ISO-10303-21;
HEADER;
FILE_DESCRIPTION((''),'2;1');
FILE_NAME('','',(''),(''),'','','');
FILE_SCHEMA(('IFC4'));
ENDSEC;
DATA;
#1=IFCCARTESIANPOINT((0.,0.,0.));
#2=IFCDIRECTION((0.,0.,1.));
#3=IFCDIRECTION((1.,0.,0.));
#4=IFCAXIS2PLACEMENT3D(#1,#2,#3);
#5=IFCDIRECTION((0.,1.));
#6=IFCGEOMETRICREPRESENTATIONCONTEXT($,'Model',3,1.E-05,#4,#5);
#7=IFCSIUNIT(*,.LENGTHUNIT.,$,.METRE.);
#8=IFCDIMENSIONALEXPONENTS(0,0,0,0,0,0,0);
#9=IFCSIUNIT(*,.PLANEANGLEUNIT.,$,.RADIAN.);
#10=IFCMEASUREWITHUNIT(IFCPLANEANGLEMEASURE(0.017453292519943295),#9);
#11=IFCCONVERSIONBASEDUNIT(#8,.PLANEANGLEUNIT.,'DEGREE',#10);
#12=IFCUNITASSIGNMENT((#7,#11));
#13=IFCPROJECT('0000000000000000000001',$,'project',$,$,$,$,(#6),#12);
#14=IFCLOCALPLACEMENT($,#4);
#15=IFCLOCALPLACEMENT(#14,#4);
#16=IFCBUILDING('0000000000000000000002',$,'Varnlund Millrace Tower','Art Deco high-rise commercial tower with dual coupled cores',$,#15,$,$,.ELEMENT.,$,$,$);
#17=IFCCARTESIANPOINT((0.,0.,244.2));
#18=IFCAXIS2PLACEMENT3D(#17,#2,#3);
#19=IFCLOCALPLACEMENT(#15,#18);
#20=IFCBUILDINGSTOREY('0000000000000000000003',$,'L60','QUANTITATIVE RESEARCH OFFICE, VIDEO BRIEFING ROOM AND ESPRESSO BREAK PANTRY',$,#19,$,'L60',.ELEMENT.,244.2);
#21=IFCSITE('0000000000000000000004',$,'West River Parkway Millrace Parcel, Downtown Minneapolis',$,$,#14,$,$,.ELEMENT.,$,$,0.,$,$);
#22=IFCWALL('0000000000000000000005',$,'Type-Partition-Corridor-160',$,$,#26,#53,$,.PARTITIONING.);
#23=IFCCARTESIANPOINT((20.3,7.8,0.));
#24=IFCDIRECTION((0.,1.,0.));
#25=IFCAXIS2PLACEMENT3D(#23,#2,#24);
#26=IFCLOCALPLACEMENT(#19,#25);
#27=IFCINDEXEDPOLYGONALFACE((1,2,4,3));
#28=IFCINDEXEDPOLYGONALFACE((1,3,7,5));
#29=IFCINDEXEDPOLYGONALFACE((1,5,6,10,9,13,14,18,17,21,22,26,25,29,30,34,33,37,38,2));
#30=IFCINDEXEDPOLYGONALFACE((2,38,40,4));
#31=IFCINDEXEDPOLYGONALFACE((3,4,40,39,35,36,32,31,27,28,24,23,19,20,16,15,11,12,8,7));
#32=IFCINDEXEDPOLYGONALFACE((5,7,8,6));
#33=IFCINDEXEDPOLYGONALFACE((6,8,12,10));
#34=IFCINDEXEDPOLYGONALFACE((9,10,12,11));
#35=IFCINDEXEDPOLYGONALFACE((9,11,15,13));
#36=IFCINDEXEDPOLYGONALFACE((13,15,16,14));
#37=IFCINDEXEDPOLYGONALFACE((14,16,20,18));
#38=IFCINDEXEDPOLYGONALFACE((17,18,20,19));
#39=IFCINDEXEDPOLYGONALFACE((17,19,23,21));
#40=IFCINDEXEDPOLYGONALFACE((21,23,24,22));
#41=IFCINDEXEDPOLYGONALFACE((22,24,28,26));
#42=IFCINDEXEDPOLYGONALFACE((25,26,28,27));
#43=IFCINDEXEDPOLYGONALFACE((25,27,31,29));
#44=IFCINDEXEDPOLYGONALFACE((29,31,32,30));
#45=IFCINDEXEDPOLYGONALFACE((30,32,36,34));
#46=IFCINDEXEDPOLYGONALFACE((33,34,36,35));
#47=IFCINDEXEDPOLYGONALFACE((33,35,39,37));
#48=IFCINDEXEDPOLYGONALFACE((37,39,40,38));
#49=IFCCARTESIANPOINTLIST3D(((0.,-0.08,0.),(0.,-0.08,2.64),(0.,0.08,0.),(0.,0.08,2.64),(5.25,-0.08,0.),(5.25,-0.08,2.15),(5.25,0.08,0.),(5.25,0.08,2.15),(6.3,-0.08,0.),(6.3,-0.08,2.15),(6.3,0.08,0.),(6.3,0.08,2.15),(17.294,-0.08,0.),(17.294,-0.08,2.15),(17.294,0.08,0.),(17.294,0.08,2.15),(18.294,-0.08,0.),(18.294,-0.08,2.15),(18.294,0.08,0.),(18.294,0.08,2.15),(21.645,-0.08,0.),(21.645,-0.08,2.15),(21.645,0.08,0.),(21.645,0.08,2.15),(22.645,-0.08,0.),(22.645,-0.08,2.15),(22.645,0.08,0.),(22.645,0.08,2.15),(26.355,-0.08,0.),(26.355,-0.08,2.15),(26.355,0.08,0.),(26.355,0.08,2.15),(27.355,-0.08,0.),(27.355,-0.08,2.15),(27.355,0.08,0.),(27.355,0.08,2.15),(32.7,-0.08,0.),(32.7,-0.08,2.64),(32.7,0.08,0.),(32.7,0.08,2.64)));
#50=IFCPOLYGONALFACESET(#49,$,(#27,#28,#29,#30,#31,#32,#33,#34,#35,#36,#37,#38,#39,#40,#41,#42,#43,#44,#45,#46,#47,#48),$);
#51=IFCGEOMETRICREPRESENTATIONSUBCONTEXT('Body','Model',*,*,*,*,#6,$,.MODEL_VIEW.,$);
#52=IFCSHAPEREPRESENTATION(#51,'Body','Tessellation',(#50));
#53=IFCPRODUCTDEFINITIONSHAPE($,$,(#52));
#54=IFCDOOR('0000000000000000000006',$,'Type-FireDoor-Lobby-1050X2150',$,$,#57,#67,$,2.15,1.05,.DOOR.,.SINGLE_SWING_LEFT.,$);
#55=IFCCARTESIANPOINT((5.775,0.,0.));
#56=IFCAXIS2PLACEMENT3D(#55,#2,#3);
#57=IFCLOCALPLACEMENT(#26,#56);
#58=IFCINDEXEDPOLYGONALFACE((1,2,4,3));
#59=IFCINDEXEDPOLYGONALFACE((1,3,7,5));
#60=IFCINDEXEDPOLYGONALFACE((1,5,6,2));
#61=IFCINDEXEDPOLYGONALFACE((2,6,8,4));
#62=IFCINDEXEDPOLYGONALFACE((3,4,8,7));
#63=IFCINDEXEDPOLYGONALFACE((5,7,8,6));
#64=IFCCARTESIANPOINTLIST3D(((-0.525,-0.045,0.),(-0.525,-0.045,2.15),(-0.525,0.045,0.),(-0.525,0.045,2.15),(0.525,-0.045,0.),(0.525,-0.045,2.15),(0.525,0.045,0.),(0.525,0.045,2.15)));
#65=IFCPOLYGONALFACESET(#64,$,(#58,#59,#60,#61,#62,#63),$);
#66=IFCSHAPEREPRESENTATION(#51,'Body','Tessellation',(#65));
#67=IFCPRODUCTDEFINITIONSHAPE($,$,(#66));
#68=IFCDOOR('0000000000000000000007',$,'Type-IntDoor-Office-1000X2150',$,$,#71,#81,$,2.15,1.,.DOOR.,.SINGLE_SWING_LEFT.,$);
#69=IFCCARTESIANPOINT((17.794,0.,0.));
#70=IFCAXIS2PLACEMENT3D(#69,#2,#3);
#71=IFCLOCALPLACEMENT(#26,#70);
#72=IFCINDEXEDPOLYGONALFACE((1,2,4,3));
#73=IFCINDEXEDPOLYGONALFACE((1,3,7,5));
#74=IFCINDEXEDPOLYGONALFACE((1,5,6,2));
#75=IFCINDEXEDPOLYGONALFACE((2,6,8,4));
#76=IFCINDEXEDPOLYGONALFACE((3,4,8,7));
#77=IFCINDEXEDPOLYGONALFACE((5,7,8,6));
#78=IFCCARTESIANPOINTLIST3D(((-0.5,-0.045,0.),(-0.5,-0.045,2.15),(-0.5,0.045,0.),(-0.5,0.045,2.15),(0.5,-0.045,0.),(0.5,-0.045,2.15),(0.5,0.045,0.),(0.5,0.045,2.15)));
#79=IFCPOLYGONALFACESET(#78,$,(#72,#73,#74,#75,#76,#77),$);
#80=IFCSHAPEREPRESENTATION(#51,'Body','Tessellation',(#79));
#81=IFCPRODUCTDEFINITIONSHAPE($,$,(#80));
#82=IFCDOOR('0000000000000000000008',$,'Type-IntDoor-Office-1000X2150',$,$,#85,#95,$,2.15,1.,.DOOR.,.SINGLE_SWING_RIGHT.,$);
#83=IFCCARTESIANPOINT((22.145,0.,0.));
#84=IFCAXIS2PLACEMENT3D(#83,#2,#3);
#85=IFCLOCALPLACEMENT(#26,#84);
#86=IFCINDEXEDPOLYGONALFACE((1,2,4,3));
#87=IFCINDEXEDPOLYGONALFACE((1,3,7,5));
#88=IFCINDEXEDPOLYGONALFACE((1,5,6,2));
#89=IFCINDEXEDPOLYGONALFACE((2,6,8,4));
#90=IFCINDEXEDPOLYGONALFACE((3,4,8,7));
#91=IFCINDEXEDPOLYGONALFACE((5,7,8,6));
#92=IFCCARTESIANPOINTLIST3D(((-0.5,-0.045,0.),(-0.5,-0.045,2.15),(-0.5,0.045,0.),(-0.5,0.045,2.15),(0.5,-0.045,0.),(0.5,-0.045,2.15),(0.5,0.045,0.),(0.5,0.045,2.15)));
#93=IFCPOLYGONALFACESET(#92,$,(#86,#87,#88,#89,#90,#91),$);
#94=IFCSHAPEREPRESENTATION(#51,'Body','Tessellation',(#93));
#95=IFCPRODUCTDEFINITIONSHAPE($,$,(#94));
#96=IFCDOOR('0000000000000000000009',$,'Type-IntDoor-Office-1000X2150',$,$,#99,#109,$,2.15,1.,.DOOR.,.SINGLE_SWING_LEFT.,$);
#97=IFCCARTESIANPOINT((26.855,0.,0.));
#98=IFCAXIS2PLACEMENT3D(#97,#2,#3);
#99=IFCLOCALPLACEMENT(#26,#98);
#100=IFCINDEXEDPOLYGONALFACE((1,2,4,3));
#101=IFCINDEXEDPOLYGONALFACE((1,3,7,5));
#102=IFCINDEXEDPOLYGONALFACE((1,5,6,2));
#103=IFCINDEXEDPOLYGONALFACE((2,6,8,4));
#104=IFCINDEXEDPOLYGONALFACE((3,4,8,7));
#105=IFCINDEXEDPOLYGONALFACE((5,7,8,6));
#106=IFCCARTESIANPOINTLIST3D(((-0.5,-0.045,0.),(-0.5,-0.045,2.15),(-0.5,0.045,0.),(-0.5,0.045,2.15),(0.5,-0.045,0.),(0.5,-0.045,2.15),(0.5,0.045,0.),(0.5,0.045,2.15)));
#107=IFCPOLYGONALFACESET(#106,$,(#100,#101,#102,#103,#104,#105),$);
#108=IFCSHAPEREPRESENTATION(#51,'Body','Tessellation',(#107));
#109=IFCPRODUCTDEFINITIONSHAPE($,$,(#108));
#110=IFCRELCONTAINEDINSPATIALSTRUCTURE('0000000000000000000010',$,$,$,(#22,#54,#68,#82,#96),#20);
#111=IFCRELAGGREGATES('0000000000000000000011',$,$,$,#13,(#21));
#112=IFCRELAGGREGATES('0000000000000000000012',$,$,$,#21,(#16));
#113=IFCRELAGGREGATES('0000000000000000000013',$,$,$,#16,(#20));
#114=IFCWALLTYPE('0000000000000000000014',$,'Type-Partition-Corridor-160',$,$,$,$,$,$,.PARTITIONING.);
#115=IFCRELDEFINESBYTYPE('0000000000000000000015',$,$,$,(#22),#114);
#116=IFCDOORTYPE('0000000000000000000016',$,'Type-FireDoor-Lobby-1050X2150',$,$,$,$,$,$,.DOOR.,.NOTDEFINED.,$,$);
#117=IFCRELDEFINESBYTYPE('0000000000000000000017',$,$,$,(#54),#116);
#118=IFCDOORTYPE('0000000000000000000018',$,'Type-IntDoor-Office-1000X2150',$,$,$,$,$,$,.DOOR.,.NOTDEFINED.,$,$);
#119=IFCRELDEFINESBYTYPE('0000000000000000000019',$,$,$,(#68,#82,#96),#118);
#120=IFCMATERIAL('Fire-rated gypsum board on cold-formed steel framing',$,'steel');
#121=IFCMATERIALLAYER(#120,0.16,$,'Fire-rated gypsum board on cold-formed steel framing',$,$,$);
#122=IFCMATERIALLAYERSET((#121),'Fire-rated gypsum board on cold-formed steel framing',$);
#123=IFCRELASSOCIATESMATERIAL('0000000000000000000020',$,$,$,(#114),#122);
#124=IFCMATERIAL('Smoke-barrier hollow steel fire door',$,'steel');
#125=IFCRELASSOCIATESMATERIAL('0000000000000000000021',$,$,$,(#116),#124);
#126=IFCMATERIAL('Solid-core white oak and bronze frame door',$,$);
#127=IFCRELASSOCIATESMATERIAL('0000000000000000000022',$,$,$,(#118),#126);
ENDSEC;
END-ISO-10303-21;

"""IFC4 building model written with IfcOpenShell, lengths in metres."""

from ifc_helpers import new_model, entity, si_unit, converted_unit, direction, frame, origin_with_axes, origin_2d_with_axis, place, context, subcontext, project, spatial, polyline, rectangle, outline, extrude, material, layer, layer_set, type_object, element, fill, save


model = new_model("IFC4")

# Units and contexts
model_context = context("Model", 3, precision=1e-05, world=origin_with_axes(), true_north=direction((0.0, 1.0)))
body_context = subcontext(model_context, "Body", "Model", "MODEL_VIEW")
ifc_project = project(units=[si_unit("LENGTHUNIT", "METRE"), converted_unit("PLANEANGLEUNIT", "DEGREE", entity("IfcPlaneAngleMeasure", 0.017453292519943295), si_unit("PLANEANGLEUNIT", "RADIAN"), dimensions=[0, 0, 0, 0, 0, 0, 0])], contexts=[model_context])

# Site, building, storey
site_placement = place(None, origin_with_axes())
site = spatial("IfcSite", under=ifc_project, at=site_placement, Name="West River Parkway Millrace Parcel, Downtown Minneapolis", CompositionType="ELEMENT", RefElevation=0.0)
building_placement = place(site_placement, origin_with_axes())
building = spatial("IfcBuilding", under=site, at=building_placement, Name="Varnlund Millrace Tower", Description="Art Deco high-rise commercial tower with dual coupled cores", CompositionType="ELEMENT")
storey_placement = place(building_placement, frame((0.0, 0.0, 244.2), z_axis=(0.0, 0.0, 1.0), x_axis=(1.0, 0.0, 0.0)))
storey = spatial("IfcBuildingStorey", under=building, at=storey_placement, Name="L60", Description="QUANTITATIVE RESEARCH OFFICE, VIDEO BRIEFING ROOM AND ESPRESSO BREAK PANTRY", LongName="L60", CompositionType="ELEMENT", Elevation=244.2)

# Shared definitions
ifc_material_1 = material(Name="Fire-rated gypsum board on cold-formed steel framing", Category="steel")
ifc_layer_1 = layer(ifc_material_1, 0.16, Name="Fire-rated gypsum board on cold-formed steel framing")
ifc_layer_set_1 = layer_set([ifc_layer_1], Name="Fire-rated gypsum board on cold-formed steel framing")
wall_type_1 = type_object("IfcWallType", Name="Type-Partition-Corridor-160", PredefinedType="PARTITIONING", material=ifc_layer_set_1)

# Wall, openings, doors
wall_1_placement = place(storey_placement, frame((20.3, 7.8, 0.0), z_axis=(0.0, 0.0, 1.0), x_axis=(0.0, 1.0, 0.0)))
wall_1 = element("IfcWall", 1, at=wall_1_placement, inside=storey, type_object=wall_type_1, Name="Type-Partition-Corridor-160", PredefinedType="PARTITIONING", context=body_context, shape_type="SweptSolid", body=[
    extrude(outline(polyline([(0.0, -0.08), (32.7, -0.08), (32.7, 0.08), (0.0, 0.08), (0.0, -0.08)])), origin_with_axes(), (0.0, 0.0, 1.0), 2.64),
])
opening_1_placement = place(wall_1_placement, frame((17.794, 0.0, 0.0), z_axis=(0.0, 0.0, 1.0), x_axis=(1.0, 0.0, 0.0)))
opening_1 = element("IfcOpeningElement", 2, at=opening_1_placement, cuts=wall_1, PredefinedType="OPENING", context=body_context, shape_type="SweptSolid", body=[
    extrude(rectangle(XDim=1.0, YDim=0.18, at=origin_2d_with_axis()), origin_with_axes(), (0.0, 0.0, 1.0), 2.15),
])
opening_2_placement = place(wall_1_placement, frame((22.145, 0.0, 0.0), z_axis=(0.0, 0.0, 1.0), x_axis=(1.0, 0.0, 0.0)))
opening_2 = element("IfcOpeningElement", 3, at=opening_2_placement, cuts=wall_1, PredefinedType="OPENING", context=body_context, shape_type="SweptSolid", body=[
    extrude(rectangle(XDim=1.0, YDim=0.18, at=origin_2d_with_axis()), origin_with_axes(), (0.0, 0.0, 1.0), 2.15),
])
opening_3_placement = place(wall_1_placement, frame((26.855, 0.0, 0.0), z_axis=(0.0, 0.0, 1.0), x_axis=(1.0, 0.0, 0.0)))
opening_3 = element("IfcOpeningElement", 4, at=opening_3_placement, cuts=wall_1, PredefinedType="OPENING", context=body_context, shape_type="SweptSolid", body=[
    extrude(rectangle(XDim=1.0, YDim=0.18, at=origin_2d_with_axis()), origin_with_axes(), (0.0, 0.0, 1.0), 2.15),
])
opening_4_placement = place(wall_1_placement, frame((5.775, 0.0, 0.0), z_axis=(0.0, 0.0, 1.0), x_axis=(1.0, 0.0, 0.0)))
opening_4 = element("IfcOpeningElement", 5, at=opening_4_placement, cuts=wall_1, PredefinedType="OPENING", context=body_context, shape_type="SweptSolid", body=[
    extrude(rectangle(XDim=1.05, YDim=0.18, at=origin_2d_with_axis()), origin_with_axes(), (0.0, 0.0, 1.0), 2.15),
])
ifc_material_2 = material(Name="Smoke-barrier hollow steel fire door", Category="steel")
door_type_1 = type_object("IfcDoorType", Name="Type-FireDoor-Lobby-1050X2150", OperationType="NOTDEFINED", PredefinedType="DOOR", material=ifc_material_2)
door_1_placement = place(wall_1_placement, frame((5.775, 0.0, 0.0), z_axis=(0.0, 0.0, 1.0), x_axis=(1.0, 0.0, 0.0)))
door_1 = element("IfcDoor", 6, at=door_1_placement, inside=storey, type_object=door_type_1, Name="Type-FireDoor-Lobby-1050X2150", OperationType="SINGLE_SWING_LEFT", OverallHeight=2.15, OverallWidth=1.05, PredefinedType="DOOR", context=body_context, shape_type="SweptSolid", body=[
    extrude(rectangle(XDim=1.05, YDim=0.09, at=origin_2d_with_axis()), origin_with_axes(), (0.0, 0.0, 1.0), 2.15),
])
fill(opening_4, door_1)
ifc_material_3 = material(Name="Solid-core white oak and bronze frame door")
door_type_2 = type_object("IfcDoorType", Name="Type-IntDoor-Office-1000X2150", OperationType="NOTDEFINED", PredefinedType="DOOR", material=ifc_material_3)
door_2_placement = place(wall_1_placement, frame((17.794, 0.0, 0.0), z_axis=(0.0, 0.0, 1.0), x_axis=(1.0, 0.0, 0.0)))
door_2 = element("IfcDoor", 7, at=door_2_placement, inside=storey, type_object=door_type_2, Name="Type-IntDoor-Office-1000X2150", OperationType="SINGLE_SWING_LEFT", OverallHeight=2.15, OverallWidth=1.0, PredefinedType="DOOR", context=body_context, shape_type="SweptSolid", body=[
    extrude(rectangle(XDim=1.0, YDim=0.09, at=origin_2d_with_axis()), origin_with_axes(), (0.0, 0.0, 1.0), 2.15),
])
fill(opening_1, door_2)
door_3_placement = place(wall_1_placement, frame((22.145, 0.0, 0.0), z_axis=(0.0, 0.0, 1.0), x_axis=(1.0, 0.0, 0.0)))
door_3 = element("IfcDoor", 8, at=door_3_placement, inside=storey, type_object=door_type_2, Name="Type-IntDoor-Office-1000X2150", OperationType="SINGLE_SWING_RIGHT", OverallHeight=2.15, OverallWidth=1.0, PredefinedType="DOOR", context=body_context, shape_type="SweptSolid", body=[
    extrude(rectangle(XDim=1.0, YDim=0.09, at=origin_2d_with_axis()), origin_with_axes(), (0.0, 0.0, 1.0), 2.15),
])
fill(opening_2, door_3)
door_4_placement = place(wall_1_placement, frame((26.855, 0.0, 0.0), z_axis=(0.0, 0.0, 1.0), x_axis=(1.0, 0.0, 0.0)))
door_4 = element("IfcDoor", 9, at=door_4_placement, inside=storey, type_object=door_type_2, Name="Type-IntDoor-Office-1000X2150", OperationType="SINGLE_SWING_LEFT", OverallHeight=2.15, OverallWidth=1.0, PredefinedType="DOOR", context=body_context, shape_type="SweptSolid", body=[
    extrude(rectangle(XDim=1.0, YDim=0.09, at=origin_2d_with_axis()), origin_with_axes(), (0.0, 0.0, 1.0), 2.15),
])
fill(opening_3, door_4)

save(model, "model.ifc")
